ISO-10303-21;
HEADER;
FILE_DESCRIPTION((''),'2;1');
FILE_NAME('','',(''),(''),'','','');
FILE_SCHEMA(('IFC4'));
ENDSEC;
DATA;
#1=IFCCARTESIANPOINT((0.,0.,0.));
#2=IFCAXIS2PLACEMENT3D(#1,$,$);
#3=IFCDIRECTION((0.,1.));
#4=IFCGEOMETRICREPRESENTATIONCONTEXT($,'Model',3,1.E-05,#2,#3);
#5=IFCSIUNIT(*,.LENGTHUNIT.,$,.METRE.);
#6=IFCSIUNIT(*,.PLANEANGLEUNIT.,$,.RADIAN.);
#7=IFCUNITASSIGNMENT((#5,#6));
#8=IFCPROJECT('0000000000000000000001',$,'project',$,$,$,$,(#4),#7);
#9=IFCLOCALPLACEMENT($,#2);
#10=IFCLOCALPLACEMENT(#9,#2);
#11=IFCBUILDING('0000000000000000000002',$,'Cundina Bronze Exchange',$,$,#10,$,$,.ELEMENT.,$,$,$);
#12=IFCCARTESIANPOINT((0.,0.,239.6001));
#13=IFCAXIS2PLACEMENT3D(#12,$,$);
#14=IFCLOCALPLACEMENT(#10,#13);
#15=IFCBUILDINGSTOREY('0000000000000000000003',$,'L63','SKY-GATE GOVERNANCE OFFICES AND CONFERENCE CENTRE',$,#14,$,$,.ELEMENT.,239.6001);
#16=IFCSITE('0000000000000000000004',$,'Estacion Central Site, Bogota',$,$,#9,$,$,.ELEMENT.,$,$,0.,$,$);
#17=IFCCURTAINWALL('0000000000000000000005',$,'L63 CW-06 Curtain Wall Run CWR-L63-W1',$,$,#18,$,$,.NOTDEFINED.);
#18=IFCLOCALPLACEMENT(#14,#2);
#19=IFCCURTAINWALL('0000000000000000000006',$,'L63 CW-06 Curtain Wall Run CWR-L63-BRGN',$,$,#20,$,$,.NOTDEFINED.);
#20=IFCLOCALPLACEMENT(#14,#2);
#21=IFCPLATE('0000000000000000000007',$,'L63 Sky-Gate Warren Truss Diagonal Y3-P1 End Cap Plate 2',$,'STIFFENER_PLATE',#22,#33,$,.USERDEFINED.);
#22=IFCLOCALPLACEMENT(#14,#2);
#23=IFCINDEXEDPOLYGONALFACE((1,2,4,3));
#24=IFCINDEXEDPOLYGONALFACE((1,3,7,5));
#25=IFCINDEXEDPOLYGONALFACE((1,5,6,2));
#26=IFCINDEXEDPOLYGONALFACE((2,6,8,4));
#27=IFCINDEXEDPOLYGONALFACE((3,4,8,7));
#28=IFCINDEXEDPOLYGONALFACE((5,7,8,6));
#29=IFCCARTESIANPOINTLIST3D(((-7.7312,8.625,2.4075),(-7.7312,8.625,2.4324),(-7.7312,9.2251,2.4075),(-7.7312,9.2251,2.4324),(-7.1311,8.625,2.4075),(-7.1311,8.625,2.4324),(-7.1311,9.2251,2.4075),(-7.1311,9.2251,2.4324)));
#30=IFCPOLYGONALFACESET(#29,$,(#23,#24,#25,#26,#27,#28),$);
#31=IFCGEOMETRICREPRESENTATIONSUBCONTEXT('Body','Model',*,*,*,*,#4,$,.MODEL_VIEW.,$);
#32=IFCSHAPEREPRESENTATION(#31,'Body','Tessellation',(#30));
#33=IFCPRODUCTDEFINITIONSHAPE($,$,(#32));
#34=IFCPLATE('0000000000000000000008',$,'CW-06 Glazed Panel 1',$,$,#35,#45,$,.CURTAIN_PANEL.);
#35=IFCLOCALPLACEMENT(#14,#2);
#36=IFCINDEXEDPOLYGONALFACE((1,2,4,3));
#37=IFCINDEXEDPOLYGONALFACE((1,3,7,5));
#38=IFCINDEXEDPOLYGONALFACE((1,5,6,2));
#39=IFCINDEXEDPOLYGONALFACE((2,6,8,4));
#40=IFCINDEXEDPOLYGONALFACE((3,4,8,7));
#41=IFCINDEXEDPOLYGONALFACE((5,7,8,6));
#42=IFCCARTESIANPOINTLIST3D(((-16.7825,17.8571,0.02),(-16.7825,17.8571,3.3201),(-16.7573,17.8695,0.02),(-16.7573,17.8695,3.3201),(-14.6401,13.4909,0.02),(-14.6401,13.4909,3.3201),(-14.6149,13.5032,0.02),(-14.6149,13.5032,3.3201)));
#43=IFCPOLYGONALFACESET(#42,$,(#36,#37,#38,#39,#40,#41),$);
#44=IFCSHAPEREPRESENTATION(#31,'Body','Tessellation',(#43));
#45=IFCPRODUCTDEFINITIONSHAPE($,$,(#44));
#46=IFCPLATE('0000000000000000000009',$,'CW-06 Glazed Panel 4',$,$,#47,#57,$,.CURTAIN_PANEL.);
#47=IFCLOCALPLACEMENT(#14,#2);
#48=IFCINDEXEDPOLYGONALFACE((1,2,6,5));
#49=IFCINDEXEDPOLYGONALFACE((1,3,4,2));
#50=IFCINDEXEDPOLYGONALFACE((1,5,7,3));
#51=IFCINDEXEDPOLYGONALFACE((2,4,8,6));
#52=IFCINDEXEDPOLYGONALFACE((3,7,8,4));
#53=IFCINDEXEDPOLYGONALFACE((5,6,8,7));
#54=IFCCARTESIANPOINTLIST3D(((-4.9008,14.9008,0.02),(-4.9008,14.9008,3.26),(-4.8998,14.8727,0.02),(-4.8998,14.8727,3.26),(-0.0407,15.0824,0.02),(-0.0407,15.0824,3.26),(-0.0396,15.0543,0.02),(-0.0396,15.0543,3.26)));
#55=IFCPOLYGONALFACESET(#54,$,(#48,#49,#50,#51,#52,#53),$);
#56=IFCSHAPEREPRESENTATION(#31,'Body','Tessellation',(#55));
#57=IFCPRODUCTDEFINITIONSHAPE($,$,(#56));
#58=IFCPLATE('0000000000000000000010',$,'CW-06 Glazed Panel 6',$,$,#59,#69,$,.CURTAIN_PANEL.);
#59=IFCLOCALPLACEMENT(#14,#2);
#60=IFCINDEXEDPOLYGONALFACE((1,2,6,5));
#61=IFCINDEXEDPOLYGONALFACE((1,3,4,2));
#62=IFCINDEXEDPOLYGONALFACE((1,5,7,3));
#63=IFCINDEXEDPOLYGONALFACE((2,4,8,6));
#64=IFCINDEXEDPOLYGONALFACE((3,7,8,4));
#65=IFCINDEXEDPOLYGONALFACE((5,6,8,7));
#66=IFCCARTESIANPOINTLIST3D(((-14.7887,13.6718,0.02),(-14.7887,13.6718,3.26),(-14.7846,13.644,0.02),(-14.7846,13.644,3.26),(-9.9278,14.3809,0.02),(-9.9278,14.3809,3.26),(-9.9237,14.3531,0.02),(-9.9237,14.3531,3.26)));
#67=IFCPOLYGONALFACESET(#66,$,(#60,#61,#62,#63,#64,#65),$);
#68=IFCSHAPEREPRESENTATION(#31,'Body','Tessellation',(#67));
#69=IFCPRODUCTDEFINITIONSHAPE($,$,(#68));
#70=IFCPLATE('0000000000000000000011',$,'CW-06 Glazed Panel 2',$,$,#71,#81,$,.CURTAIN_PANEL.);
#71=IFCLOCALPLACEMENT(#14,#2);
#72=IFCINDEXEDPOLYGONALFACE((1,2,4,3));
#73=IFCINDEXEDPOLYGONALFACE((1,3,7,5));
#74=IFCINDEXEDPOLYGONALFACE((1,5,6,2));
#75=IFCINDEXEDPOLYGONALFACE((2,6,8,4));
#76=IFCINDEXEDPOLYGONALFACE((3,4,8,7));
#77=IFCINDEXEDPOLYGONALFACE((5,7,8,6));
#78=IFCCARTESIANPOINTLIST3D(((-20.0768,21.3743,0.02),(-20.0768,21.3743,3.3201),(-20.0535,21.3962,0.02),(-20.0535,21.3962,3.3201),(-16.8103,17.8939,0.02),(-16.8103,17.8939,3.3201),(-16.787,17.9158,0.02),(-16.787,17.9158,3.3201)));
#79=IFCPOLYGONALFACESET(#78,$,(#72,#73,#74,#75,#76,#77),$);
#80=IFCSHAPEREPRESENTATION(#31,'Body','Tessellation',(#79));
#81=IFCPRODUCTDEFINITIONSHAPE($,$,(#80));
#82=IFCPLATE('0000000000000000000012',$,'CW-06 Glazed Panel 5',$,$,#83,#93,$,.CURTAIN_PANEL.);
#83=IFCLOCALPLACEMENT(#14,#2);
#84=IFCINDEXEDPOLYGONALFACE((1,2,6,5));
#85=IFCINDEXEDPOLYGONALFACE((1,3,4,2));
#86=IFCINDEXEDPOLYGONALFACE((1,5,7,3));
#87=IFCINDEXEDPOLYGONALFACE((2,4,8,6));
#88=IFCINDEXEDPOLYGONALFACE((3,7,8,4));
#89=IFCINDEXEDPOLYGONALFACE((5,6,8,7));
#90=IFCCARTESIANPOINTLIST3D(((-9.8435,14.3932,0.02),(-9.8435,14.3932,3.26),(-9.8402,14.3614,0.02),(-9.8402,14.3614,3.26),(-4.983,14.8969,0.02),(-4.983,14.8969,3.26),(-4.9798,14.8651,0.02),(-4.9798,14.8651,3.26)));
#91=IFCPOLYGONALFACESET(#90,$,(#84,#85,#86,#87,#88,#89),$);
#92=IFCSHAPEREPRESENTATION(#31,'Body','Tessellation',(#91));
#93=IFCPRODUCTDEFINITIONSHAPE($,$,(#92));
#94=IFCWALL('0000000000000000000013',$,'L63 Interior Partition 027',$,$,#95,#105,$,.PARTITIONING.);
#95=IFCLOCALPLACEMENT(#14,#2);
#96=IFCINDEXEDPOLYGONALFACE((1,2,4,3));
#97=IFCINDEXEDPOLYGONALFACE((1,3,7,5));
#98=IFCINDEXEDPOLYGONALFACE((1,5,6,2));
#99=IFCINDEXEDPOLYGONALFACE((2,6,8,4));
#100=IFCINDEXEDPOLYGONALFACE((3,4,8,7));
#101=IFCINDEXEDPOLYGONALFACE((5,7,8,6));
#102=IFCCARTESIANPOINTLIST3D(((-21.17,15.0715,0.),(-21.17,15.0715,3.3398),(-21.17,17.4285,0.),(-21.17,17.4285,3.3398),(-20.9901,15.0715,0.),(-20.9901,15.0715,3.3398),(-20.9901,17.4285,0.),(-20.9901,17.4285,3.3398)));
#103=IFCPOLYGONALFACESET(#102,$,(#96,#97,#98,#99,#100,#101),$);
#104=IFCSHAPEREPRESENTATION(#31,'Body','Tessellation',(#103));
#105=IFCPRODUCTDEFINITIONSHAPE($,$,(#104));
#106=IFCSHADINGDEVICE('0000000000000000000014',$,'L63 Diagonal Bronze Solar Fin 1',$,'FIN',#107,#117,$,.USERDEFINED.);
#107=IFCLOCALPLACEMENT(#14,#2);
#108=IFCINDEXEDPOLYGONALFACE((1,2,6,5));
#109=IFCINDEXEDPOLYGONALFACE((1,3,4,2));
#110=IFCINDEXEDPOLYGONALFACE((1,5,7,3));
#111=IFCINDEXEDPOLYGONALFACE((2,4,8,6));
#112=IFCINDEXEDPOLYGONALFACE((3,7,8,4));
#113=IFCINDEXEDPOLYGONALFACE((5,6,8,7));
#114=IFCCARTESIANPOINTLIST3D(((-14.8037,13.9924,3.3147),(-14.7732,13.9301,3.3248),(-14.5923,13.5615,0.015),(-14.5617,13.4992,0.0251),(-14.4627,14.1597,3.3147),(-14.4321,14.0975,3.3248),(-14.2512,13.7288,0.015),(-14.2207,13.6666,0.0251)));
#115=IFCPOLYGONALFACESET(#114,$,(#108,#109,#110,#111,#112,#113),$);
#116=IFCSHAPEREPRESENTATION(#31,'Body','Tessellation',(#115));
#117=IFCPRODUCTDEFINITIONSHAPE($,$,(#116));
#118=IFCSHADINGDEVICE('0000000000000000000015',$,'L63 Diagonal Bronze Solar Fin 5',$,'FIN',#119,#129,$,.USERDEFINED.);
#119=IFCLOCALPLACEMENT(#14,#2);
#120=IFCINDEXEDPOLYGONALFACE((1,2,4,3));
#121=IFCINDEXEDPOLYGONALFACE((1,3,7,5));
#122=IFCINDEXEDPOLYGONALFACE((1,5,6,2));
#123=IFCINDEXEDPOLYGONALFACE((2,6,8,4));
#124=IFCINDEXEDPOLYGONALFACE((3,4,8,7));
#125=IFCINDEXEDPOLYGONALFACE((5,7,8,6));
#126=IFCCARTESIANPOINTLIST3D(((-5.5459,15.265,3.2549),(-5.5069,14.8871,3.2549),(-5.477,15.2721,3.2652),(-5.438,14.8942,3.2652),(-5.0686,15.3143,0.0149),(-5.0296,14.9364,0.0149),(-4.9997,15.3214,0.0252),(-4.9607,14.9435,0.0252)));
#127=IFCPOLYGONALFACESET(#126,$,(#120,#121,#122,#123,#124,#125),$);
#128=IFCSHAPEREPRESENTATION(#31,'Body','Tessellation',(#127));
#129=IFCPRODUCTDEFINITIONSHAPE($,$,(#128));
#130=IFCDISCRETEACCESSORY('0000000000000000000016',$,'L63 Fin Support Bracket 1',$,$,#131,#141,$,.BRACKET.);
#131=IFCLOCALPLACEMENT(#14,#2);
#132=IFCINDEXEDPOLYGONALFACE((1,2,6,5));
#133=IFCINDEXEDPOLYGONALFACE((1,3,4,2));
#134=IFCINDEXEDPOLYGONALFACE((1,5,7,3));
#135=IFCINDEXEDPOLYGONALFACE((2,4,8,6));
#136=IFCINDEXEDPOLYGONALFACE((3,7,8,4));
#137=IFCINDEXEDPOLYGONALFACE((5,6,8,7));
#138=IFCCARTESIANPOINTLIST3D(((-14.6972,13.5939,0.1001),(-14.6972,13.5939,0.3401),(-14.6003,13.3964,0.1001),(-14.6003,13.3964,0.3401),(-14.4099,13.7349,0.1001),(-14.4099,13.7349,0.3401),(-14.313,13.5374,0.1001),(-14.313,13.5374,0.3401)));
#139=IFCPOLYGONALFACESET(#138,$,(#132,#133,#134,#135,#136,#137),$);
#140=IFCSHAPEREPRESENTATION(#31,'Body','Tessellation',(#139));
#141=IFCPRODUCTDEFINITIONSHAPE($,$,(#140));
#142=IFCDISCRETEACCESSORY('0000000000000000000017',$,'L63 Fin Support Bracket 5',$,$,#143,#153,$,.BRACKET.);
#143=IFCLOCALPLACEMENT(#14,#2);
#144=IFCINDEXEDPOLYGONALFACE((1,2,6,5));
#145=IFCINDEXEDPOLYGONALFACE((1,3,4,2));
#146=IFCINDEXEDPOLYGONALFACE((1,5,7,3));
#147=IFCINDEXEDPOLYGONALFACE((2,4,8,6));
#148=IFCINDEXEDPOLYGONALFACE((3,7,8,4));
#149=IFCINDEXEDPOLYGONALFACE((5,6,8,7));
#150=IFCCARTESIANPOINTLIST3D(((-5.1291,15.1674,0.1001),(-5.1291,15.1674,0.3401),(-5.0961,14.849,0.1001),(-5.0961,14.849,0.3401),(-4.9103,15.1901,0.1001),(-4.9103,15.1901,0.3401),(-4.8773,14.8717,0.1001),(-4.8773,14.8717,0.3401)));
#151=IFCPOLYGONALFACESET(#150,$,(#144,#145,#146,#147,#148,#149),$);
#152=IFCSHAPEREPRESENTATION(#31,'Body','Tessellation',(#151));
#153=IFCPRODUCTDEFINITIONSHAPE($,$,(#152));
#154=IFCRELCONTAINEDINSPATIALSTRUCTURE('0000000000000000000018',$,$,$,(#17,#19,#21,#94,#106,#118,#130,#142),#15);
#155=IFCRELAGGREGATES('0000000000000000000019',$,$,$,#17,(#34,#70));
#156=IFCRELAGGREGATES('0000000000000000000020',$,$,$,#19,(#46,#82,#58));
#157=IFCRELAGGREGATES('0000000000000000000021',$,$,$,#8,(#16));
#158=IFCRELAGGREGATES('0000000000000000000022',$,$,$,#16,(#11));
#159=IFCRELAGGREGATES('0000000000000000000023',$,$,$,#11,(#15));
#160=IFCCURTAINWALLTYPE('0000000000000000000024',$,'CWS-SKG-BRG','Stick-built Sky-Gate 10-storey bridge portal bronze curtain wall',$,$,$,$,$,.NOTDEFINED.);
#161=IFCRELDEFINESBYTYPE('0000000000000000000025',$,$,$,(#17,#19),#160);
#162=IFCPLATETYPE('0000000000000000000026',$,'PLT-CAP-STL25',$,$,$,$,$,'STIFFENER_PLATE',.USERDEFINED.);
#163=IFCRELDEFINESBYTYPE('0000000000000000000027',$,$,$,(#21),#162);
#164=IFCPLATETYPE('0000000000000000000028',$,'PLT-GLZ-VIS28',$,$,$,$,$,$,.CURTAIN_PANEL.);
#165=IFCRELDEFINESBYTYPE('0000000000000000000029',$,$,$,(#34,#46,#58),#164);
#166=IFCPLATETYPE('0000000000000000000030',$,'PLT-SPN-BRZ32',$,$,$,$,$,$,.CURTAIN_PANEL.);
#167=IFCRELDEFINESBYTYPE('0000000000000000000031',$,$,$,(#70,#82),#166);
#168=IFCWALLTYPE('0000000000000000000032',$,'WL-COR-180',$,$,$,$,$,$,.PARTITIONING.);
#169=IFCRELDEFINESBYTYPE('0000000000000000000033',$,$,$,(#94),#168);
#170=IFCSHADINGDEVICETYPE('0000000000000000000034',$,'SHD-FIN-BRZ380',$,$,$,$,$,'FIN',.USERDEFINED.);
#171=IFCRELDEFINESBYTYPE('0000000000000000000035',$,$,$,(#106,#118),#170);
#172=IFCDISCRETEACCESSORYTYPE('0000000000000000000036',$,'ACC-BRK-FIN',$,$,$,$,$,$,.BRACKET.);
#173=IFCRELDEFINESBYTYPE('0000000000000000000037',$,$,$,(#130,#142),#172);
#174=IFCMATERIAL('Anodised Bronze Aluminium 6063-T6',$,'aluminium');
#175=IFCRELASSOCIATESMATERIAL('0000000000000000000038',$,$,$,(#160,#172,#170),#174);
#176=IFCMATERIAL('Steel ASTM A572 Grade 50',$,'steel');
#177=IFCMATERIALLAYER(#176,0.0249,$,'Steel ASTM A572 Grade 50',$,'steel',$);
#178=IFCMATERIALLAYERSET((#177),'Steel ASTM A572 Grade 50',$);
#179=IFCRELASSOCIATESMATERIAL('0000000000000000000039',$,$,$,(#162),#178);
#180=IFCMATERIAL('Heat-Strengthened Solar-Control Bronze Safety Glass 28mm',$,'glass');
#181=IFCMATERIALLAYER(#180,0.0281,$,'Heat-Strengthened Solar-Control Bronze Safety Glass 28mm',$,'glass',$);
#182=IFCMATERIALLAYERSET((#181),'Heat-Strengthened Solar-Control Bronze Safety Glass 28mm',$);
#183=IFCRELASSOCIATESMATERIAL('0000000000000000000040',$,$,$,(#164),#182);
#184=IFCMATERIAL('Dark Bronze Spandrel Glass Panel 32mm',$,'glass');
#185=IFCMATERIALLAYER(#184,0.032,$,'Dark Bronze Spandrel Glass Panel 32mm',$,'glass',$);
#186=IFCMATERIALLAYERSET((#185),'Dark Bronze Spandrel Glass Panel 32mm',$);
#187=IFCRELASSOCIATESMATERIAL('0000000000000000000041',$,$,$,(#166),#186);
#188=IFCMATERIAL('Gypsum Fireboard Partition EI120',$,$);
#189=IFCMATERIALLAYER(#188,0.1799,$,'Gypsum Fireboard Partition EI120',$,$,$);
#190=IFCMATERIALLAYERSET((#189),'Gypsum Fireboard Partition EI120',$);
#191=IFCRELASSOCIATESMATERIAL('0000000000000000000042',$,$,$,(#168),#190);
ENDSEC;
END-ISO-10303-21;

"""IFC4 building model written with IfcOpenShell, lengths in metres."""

from ifc_helpers import new_model, si_unit, direction, frame, frame_2d, origin, origin_2d, place, context, subcontext, project, spatial, rectangle, extrude, material, layer, layer_set, material_profile, profile_set, type_object, element, aggregate, save


model = new_model("IFC4")

# Units and contexts
model_context = context("Model", 3, precision=1e-05, world=origin(), true_north=direction((0.0, 1.0)))
body_context = subcontext(model_context, "Body", "Model", "MODEL_VIEW")
ifc_project = project(units=[si_unit("LENGTHUNIT", "METRE"), si_unit("PLANEANGLEUNIT", "RADIAN")], contexts=[model_context])

# Site, building, storey
site_placement = place(None, origin())
site = spatial("IfcSite", under=ifc_project, at=site_placement, Name="Estacion Central Site, Bogota", CompositionType="ELEMENT", RefElevation=0.0)
building_placement = place(site_placement, origin())
building = spatial("IfcBuilding", under=site, at=building_placement, Name="Cundina Bronze Exchange", CompositionType="ELEMENT")
storey_placement = place(building_placement, frame((0.0, 0.0, 239.6001)))
storey = spatial("IfcBuildingStorey", under=building, at=storey_placement, Name="L63", Description="SKY-GATE GOVERNANCE OFFICES AND CONFERENCE CENTRE", CompositionType="ELEMENT", Elevation=239.6001)

# Curtain walls
ifc_material_1 = material(Name="Anodised Bronze Aluminium 6063-T6", Category="aluminium")
curtain_wall_type = type_object("IfcCurtainWallType", Name="CWS-SKG-BRG", Description="Stick-built Sky-Gate 10-storey bridge portal bronze curtain wall", PredefinedType="NOTDEFINED", material=ifc_material_1)
curtain_wall_1_placement = place(storey_placement, origin())
curtain_wall_1 = element("IfcCurtainWall", 1, at=curtain_wall_1_placement, inside=storey, type_object=curtain_wall_type, Name="L63 CW-06 Curtain Wall Run CWR-L63-W1", PredefinedType="NOTDEFINED")
curtain_wall_2_placement = place(storey_placement, origin())
curtain_wall_2 = element("IfcCurtainWall", 2, at=curtain_wall_2_placement, inside=storey, type_object=curtain_wall_type, Name="L63 CW-06 Curtain Wall Run CWR-L63-BRGN", PredefinedType="NOTDEFINED")

# Plate
ifc_material_2 = material(Name="Steel ASTM A572 Grade 50", Category="steel")
ifc_layer_1 = layer(ifc_material_2, 0.0249, Name="Steel ASTM A572 Grade 50", Category="steel")
ifc_layer_set_1 = layer_set([ifc_layer_1], Name="Steel ASTM A572 Grade 50")
plate_type_1 = type_object("IfcPlateType", Name="PLT-CAP-STL25", ElementType="STIFFENER_PLATE", PredefinedType="USERDEFINED", material=ifc_layer_set_1)
for number, where, z_axis, x_axis, name in (
    (3, (-7.4312, 8.925, 2.4075), (0.0, 0.0, 1.0), (1.0, 0.0, 0.0), "L63 Sky-Gate Warren Truss Diagonal Y3-P1 End Cap Plate 2"),
):
    element("IfcPlate", number, at=place(storey_placement, frame(where, z_axis=z_axis, x_axis=x_axis)), inside=storey, type_object=plate_type_1, Name=name, ObjectType="STIFFENER_PLATE", PredefinedType="USERDEFINED", context=body_context, shape_type="SweptSolid", body=[
        extrude(rectangle(XDim=0.6001, YDim=0.6001, at=origin_2d()), origin(), (0.0, 0.0, 1.0), 0.0249),
    ])

# Plates
ifc_material_3 = material(Name="Heat-Strengthened Solar-Control Bronze Safety Glass 28mm", Category="glass")
ifc_layer_2 = layer(ifc_material_3, 0.0281, Name="Heat-Strengthened Solar-Control Bronze Safety Glass 28mm", Category="glass")
ifc_layer_set_2 = layer_set([ifc_layer_2], Name="Heat-Strengthened Solar-Control Bronze Safety Glass 28mm")
plate_type_2 = type_object("IfcPlateType", Name="PLT-GLZ-VIS28", PredefinedType="CURTAIN_PANEL", material=ifc_layer_set_2)
plate_1_placement = place(storey_placement, frame((-15.6987, 15.6802, 0.02), z_axis=(0.0, 0.0, 1.0), x_axis=(-0.440503, 0.897751, 0.0)))
plate_1 = element("IfcPlate", 4, at=plate_1_placement, type_object=plate_type_2, Name="CW-06 Glazed Panel 1", PredefinedType="CURTAIN_PANEL", context=body_context, shape_type="SweptSolid", body=[
    extrude(rectangle(XDim=4.8635, YDim=0.0281, at=origin_2d()), origin(), (0.0, 0.0, 1.0), 3.3),
])
plate_2_placement = place(storey_placement, frame((-2.4702, 14.9775, 0.02), z_axis=(0.0, 0.0, 1.0), x_axis=(-0.999303, -0.037341, 0.0)))
plate_2 = element("IfcPlate", 5, at=plate_2_placement, type_object=plate_type_2, Name="CW-06 Glazed Panel 4", PredefinedType="CURTAIN_PANEL", context=body_context, shape_type="SweptSolid", body=[
    extrude(rectangle(XDim=4.8635, YDim=0.0281, at=origin_2d()), origin(), (0.0, 0.0, 1.0), 3.24),
])
plate_3_placement = place(storey_placement, frame((-12.3562, 14.0125, 0.02), z_axis=(0.0, 0.0, 1.0), x_axis=(-0.989528, -0.144339, 0.0)))
plate_3 = element("IfcPlate", 6, at=plate_3_placement, type_object=plate_type_2, Name="CW-06 Glazed Panel 6", PredefinedType="CURTAIN_PANEL", context=body_context, shape_type="SweptSolid", body=[
    extrude(rectangle(XDim=4.9124, YDim=0.0281, at=origin_2d()), origin(), (0.0, 0.0, 1.0), 3.24),
])
ifc_material_4 = material(Name="Dark Bronze Spandrel Glass Panel 32mm", Category="glass")
ifc_layer_3 = layer(ifc_material_4, 0.032, Name="Dark Bronze Spandrel Glass Panel 32mm", Category="glass")
ifc_layer_set_3 = layer_set([ifc_layer_3], Name="Dark Bronze Spandrel Glass Panel 32mm")
plate_type_3 = type_object("IfcPlateType", Name="PLT-SPN-BRZ32", PredefinedType="CURTAIN_PANEL", material=ifc_layer_set_3)
plate_4_placement = place(storey_placement, frame((-18.4319, 19.645, 0.02), z_axis=(0.0, 0.0, 1.0), x_axis=(-0.684344, 0.72916, 0.0)))
plate_4 = element("IfcPlate", 7, at=plate_4_placement, type_object=plate_type_3, Name="CW-06 Glazed Panel 2", PredefinedType="CURTAIN_PANEL", context=body_context, shape_type="SweptSolid", body=[
    extrude(rectangle(XDim=4.7732, YDim=0.032, at=origin_2d()), origin(), (0.0, 0.0, 1.0), 3.3),
])
aggregate(curtain_wall_1, [plate_1, plate_4])
plate_5_placement = place(storey_placement, frame((-7.4116, 14.6292, 0.02), z_axis=(0.0, 0.0, 1.0), x_axis=(-0.994672, -0.103088, 0.0)))
plate_5 = element("IfcPlate", 8, at=plate_5_placement, type_object=plate_type_3, Name="CW-06 Glazed Panel 5", PredefinedType="CURTAIN_PANEL", context=body_context, shape_type="SweptSolid", body=[
    extrude(rectangle(XDim=4.8865, YDim=0.032, at=origin_2d()), origin(), (0.0, 0.0, 1.0), 3.24),
])
aggregate(curtain_wall_2, [plate_2, plate_5, plate_3])

# Wall
ifc_material_5 = material(Name="Gypsum Fireboard Partition EI120")
ifc_layer_4 = layer(ifc_material_5, 0.1799, Name="Gypsum Fireboard Partition EI120")
ifc_layer_set_4 = layer_set([ifc_layer_4], Name="Gypsum Fireboard Partition EI120")
wall_type = type_object("IfcWallType", Name="WL-COR-180", PredefinedType="PARTITIONING", material=ifc_layer_set_4)
wall_placement = place(storey_placement, frame((-21.0801, 15.0715, 0.0), z_axis=(0.0, 0.0, 1.0), x_axis=(0.0, 1.0, 0.0)))
element("IfcWall", 9, at=wall_placement, inside=storey, type_object=wall_type, Name="L63 Interior Partition 027", PredefinedType="PARTITIONING", context=body_context, shape_type="SweptSolid", body=[
    extrude(rectangle(XDim=2.3569, YDim=0.1799, at=frame_2d((1.1785, 0.0))), origin(), (0.0, 0.0, 1.0), 3.3398),
])

# Shading devices
ifc_material_profile_1 = material_profile(ifc_material_1, rectangle(XDim=0.0701, YDim=0.3799, at=origin_2d()), Name="FIN70X380", Category="aluminium")
ifc_profile_set_1 = profile_set([ifc_material_profile_1], Name="Anodised Bronze Aluminium 6063-T6")
shading_device_type = type_object("IfcShadingDeviceType", Name="SHD-FIN-BRZ380", ElementType="FIN", PredefinedType="USERDEFINED", material=ifc_profile_set_1)
shading_device_1_placement = place(storey_placement, frame((-14.4065, 13.614, 0.02), z_axis=(-0.063405, 0.129226, 0.989586), x_axis=(0.4359, -0.88841, 0.143943)))
element("IfcShadingDevice", 10, at=shading_device_1_placement, inside=storey, type_object=shading_device_type, Name="L63 Diagonal Bronze Solar Fin 1", ObjectType="FIN", PredefinedType="USERDEFINED", context=body_context, shape_type="SweptSolid", body=[
    extrude(rectangle(XDim=0.0701, YDim=0.3799, at=origin_2d()), origin(), (0.0, 0.0, 1.0), 3.3345),
])
shading_device_2_placement = place(storey_placement, frame((-5.0146, 15.1289, 0.02), z_axis=(-0.145724, -0.015057, 0.989211), x_axis=(0.983972, 0.101669, 0.1465)))
element("IfcShadingDevice", 11, at=shading_device_2_placement, inside=storey, type_object=shading_device_type, Name="L63 Diagonal Bronze Solar Fin 5", ObjectType="FIN", PredefinedType="USERDEFINED", context=body_context, shape_type="SweptSolid", body=[
    extrude(rectangle(XDim=0.0701, YDim=0.3799, at=origin_2d()), origin(), (0.0, 0.0, 1.0), 3.2754),
])

# Discrete accessories
discrete_accessory_type = type_object("IfcDiscreteAccessoryType", Name="ACC-BRK-FIN", PredefinedType="BRACKET", material=ifc_material_1)
for number, where, z_axis, x_axis, name in (
    (12, (-14.5051, 13.5657, 0.1001), (0.0, 0.0, 1.0), (-0.440503, 0.897751, 0.0), "L63 Fin Support Bracket 1"),
    (13, (-5.0032, 15.0195, 0.1001), (0.0, 0.0, 1.0), (-0.994672, -0.103088, 0.0), "L63 Fin Support Bracket 5"),
):
    element("IfcDiscreteAccessory", number, at=place(storey_placement, frame(where, z_axis=z_axis, x_axis=x_axis)), inside=storey, type_object=discrete_accessory_type, Name=name, PredefinedType="BRACKET", context=body_context, shape_type="SweptSolid", body=[
        extrude(rectangle(XDim=0.22, YDim=0.3201, at=origin_2d()), origin(), (0.0, 0.0, 1.0), 0.24),
    ])

save(model, "model.ifc")
